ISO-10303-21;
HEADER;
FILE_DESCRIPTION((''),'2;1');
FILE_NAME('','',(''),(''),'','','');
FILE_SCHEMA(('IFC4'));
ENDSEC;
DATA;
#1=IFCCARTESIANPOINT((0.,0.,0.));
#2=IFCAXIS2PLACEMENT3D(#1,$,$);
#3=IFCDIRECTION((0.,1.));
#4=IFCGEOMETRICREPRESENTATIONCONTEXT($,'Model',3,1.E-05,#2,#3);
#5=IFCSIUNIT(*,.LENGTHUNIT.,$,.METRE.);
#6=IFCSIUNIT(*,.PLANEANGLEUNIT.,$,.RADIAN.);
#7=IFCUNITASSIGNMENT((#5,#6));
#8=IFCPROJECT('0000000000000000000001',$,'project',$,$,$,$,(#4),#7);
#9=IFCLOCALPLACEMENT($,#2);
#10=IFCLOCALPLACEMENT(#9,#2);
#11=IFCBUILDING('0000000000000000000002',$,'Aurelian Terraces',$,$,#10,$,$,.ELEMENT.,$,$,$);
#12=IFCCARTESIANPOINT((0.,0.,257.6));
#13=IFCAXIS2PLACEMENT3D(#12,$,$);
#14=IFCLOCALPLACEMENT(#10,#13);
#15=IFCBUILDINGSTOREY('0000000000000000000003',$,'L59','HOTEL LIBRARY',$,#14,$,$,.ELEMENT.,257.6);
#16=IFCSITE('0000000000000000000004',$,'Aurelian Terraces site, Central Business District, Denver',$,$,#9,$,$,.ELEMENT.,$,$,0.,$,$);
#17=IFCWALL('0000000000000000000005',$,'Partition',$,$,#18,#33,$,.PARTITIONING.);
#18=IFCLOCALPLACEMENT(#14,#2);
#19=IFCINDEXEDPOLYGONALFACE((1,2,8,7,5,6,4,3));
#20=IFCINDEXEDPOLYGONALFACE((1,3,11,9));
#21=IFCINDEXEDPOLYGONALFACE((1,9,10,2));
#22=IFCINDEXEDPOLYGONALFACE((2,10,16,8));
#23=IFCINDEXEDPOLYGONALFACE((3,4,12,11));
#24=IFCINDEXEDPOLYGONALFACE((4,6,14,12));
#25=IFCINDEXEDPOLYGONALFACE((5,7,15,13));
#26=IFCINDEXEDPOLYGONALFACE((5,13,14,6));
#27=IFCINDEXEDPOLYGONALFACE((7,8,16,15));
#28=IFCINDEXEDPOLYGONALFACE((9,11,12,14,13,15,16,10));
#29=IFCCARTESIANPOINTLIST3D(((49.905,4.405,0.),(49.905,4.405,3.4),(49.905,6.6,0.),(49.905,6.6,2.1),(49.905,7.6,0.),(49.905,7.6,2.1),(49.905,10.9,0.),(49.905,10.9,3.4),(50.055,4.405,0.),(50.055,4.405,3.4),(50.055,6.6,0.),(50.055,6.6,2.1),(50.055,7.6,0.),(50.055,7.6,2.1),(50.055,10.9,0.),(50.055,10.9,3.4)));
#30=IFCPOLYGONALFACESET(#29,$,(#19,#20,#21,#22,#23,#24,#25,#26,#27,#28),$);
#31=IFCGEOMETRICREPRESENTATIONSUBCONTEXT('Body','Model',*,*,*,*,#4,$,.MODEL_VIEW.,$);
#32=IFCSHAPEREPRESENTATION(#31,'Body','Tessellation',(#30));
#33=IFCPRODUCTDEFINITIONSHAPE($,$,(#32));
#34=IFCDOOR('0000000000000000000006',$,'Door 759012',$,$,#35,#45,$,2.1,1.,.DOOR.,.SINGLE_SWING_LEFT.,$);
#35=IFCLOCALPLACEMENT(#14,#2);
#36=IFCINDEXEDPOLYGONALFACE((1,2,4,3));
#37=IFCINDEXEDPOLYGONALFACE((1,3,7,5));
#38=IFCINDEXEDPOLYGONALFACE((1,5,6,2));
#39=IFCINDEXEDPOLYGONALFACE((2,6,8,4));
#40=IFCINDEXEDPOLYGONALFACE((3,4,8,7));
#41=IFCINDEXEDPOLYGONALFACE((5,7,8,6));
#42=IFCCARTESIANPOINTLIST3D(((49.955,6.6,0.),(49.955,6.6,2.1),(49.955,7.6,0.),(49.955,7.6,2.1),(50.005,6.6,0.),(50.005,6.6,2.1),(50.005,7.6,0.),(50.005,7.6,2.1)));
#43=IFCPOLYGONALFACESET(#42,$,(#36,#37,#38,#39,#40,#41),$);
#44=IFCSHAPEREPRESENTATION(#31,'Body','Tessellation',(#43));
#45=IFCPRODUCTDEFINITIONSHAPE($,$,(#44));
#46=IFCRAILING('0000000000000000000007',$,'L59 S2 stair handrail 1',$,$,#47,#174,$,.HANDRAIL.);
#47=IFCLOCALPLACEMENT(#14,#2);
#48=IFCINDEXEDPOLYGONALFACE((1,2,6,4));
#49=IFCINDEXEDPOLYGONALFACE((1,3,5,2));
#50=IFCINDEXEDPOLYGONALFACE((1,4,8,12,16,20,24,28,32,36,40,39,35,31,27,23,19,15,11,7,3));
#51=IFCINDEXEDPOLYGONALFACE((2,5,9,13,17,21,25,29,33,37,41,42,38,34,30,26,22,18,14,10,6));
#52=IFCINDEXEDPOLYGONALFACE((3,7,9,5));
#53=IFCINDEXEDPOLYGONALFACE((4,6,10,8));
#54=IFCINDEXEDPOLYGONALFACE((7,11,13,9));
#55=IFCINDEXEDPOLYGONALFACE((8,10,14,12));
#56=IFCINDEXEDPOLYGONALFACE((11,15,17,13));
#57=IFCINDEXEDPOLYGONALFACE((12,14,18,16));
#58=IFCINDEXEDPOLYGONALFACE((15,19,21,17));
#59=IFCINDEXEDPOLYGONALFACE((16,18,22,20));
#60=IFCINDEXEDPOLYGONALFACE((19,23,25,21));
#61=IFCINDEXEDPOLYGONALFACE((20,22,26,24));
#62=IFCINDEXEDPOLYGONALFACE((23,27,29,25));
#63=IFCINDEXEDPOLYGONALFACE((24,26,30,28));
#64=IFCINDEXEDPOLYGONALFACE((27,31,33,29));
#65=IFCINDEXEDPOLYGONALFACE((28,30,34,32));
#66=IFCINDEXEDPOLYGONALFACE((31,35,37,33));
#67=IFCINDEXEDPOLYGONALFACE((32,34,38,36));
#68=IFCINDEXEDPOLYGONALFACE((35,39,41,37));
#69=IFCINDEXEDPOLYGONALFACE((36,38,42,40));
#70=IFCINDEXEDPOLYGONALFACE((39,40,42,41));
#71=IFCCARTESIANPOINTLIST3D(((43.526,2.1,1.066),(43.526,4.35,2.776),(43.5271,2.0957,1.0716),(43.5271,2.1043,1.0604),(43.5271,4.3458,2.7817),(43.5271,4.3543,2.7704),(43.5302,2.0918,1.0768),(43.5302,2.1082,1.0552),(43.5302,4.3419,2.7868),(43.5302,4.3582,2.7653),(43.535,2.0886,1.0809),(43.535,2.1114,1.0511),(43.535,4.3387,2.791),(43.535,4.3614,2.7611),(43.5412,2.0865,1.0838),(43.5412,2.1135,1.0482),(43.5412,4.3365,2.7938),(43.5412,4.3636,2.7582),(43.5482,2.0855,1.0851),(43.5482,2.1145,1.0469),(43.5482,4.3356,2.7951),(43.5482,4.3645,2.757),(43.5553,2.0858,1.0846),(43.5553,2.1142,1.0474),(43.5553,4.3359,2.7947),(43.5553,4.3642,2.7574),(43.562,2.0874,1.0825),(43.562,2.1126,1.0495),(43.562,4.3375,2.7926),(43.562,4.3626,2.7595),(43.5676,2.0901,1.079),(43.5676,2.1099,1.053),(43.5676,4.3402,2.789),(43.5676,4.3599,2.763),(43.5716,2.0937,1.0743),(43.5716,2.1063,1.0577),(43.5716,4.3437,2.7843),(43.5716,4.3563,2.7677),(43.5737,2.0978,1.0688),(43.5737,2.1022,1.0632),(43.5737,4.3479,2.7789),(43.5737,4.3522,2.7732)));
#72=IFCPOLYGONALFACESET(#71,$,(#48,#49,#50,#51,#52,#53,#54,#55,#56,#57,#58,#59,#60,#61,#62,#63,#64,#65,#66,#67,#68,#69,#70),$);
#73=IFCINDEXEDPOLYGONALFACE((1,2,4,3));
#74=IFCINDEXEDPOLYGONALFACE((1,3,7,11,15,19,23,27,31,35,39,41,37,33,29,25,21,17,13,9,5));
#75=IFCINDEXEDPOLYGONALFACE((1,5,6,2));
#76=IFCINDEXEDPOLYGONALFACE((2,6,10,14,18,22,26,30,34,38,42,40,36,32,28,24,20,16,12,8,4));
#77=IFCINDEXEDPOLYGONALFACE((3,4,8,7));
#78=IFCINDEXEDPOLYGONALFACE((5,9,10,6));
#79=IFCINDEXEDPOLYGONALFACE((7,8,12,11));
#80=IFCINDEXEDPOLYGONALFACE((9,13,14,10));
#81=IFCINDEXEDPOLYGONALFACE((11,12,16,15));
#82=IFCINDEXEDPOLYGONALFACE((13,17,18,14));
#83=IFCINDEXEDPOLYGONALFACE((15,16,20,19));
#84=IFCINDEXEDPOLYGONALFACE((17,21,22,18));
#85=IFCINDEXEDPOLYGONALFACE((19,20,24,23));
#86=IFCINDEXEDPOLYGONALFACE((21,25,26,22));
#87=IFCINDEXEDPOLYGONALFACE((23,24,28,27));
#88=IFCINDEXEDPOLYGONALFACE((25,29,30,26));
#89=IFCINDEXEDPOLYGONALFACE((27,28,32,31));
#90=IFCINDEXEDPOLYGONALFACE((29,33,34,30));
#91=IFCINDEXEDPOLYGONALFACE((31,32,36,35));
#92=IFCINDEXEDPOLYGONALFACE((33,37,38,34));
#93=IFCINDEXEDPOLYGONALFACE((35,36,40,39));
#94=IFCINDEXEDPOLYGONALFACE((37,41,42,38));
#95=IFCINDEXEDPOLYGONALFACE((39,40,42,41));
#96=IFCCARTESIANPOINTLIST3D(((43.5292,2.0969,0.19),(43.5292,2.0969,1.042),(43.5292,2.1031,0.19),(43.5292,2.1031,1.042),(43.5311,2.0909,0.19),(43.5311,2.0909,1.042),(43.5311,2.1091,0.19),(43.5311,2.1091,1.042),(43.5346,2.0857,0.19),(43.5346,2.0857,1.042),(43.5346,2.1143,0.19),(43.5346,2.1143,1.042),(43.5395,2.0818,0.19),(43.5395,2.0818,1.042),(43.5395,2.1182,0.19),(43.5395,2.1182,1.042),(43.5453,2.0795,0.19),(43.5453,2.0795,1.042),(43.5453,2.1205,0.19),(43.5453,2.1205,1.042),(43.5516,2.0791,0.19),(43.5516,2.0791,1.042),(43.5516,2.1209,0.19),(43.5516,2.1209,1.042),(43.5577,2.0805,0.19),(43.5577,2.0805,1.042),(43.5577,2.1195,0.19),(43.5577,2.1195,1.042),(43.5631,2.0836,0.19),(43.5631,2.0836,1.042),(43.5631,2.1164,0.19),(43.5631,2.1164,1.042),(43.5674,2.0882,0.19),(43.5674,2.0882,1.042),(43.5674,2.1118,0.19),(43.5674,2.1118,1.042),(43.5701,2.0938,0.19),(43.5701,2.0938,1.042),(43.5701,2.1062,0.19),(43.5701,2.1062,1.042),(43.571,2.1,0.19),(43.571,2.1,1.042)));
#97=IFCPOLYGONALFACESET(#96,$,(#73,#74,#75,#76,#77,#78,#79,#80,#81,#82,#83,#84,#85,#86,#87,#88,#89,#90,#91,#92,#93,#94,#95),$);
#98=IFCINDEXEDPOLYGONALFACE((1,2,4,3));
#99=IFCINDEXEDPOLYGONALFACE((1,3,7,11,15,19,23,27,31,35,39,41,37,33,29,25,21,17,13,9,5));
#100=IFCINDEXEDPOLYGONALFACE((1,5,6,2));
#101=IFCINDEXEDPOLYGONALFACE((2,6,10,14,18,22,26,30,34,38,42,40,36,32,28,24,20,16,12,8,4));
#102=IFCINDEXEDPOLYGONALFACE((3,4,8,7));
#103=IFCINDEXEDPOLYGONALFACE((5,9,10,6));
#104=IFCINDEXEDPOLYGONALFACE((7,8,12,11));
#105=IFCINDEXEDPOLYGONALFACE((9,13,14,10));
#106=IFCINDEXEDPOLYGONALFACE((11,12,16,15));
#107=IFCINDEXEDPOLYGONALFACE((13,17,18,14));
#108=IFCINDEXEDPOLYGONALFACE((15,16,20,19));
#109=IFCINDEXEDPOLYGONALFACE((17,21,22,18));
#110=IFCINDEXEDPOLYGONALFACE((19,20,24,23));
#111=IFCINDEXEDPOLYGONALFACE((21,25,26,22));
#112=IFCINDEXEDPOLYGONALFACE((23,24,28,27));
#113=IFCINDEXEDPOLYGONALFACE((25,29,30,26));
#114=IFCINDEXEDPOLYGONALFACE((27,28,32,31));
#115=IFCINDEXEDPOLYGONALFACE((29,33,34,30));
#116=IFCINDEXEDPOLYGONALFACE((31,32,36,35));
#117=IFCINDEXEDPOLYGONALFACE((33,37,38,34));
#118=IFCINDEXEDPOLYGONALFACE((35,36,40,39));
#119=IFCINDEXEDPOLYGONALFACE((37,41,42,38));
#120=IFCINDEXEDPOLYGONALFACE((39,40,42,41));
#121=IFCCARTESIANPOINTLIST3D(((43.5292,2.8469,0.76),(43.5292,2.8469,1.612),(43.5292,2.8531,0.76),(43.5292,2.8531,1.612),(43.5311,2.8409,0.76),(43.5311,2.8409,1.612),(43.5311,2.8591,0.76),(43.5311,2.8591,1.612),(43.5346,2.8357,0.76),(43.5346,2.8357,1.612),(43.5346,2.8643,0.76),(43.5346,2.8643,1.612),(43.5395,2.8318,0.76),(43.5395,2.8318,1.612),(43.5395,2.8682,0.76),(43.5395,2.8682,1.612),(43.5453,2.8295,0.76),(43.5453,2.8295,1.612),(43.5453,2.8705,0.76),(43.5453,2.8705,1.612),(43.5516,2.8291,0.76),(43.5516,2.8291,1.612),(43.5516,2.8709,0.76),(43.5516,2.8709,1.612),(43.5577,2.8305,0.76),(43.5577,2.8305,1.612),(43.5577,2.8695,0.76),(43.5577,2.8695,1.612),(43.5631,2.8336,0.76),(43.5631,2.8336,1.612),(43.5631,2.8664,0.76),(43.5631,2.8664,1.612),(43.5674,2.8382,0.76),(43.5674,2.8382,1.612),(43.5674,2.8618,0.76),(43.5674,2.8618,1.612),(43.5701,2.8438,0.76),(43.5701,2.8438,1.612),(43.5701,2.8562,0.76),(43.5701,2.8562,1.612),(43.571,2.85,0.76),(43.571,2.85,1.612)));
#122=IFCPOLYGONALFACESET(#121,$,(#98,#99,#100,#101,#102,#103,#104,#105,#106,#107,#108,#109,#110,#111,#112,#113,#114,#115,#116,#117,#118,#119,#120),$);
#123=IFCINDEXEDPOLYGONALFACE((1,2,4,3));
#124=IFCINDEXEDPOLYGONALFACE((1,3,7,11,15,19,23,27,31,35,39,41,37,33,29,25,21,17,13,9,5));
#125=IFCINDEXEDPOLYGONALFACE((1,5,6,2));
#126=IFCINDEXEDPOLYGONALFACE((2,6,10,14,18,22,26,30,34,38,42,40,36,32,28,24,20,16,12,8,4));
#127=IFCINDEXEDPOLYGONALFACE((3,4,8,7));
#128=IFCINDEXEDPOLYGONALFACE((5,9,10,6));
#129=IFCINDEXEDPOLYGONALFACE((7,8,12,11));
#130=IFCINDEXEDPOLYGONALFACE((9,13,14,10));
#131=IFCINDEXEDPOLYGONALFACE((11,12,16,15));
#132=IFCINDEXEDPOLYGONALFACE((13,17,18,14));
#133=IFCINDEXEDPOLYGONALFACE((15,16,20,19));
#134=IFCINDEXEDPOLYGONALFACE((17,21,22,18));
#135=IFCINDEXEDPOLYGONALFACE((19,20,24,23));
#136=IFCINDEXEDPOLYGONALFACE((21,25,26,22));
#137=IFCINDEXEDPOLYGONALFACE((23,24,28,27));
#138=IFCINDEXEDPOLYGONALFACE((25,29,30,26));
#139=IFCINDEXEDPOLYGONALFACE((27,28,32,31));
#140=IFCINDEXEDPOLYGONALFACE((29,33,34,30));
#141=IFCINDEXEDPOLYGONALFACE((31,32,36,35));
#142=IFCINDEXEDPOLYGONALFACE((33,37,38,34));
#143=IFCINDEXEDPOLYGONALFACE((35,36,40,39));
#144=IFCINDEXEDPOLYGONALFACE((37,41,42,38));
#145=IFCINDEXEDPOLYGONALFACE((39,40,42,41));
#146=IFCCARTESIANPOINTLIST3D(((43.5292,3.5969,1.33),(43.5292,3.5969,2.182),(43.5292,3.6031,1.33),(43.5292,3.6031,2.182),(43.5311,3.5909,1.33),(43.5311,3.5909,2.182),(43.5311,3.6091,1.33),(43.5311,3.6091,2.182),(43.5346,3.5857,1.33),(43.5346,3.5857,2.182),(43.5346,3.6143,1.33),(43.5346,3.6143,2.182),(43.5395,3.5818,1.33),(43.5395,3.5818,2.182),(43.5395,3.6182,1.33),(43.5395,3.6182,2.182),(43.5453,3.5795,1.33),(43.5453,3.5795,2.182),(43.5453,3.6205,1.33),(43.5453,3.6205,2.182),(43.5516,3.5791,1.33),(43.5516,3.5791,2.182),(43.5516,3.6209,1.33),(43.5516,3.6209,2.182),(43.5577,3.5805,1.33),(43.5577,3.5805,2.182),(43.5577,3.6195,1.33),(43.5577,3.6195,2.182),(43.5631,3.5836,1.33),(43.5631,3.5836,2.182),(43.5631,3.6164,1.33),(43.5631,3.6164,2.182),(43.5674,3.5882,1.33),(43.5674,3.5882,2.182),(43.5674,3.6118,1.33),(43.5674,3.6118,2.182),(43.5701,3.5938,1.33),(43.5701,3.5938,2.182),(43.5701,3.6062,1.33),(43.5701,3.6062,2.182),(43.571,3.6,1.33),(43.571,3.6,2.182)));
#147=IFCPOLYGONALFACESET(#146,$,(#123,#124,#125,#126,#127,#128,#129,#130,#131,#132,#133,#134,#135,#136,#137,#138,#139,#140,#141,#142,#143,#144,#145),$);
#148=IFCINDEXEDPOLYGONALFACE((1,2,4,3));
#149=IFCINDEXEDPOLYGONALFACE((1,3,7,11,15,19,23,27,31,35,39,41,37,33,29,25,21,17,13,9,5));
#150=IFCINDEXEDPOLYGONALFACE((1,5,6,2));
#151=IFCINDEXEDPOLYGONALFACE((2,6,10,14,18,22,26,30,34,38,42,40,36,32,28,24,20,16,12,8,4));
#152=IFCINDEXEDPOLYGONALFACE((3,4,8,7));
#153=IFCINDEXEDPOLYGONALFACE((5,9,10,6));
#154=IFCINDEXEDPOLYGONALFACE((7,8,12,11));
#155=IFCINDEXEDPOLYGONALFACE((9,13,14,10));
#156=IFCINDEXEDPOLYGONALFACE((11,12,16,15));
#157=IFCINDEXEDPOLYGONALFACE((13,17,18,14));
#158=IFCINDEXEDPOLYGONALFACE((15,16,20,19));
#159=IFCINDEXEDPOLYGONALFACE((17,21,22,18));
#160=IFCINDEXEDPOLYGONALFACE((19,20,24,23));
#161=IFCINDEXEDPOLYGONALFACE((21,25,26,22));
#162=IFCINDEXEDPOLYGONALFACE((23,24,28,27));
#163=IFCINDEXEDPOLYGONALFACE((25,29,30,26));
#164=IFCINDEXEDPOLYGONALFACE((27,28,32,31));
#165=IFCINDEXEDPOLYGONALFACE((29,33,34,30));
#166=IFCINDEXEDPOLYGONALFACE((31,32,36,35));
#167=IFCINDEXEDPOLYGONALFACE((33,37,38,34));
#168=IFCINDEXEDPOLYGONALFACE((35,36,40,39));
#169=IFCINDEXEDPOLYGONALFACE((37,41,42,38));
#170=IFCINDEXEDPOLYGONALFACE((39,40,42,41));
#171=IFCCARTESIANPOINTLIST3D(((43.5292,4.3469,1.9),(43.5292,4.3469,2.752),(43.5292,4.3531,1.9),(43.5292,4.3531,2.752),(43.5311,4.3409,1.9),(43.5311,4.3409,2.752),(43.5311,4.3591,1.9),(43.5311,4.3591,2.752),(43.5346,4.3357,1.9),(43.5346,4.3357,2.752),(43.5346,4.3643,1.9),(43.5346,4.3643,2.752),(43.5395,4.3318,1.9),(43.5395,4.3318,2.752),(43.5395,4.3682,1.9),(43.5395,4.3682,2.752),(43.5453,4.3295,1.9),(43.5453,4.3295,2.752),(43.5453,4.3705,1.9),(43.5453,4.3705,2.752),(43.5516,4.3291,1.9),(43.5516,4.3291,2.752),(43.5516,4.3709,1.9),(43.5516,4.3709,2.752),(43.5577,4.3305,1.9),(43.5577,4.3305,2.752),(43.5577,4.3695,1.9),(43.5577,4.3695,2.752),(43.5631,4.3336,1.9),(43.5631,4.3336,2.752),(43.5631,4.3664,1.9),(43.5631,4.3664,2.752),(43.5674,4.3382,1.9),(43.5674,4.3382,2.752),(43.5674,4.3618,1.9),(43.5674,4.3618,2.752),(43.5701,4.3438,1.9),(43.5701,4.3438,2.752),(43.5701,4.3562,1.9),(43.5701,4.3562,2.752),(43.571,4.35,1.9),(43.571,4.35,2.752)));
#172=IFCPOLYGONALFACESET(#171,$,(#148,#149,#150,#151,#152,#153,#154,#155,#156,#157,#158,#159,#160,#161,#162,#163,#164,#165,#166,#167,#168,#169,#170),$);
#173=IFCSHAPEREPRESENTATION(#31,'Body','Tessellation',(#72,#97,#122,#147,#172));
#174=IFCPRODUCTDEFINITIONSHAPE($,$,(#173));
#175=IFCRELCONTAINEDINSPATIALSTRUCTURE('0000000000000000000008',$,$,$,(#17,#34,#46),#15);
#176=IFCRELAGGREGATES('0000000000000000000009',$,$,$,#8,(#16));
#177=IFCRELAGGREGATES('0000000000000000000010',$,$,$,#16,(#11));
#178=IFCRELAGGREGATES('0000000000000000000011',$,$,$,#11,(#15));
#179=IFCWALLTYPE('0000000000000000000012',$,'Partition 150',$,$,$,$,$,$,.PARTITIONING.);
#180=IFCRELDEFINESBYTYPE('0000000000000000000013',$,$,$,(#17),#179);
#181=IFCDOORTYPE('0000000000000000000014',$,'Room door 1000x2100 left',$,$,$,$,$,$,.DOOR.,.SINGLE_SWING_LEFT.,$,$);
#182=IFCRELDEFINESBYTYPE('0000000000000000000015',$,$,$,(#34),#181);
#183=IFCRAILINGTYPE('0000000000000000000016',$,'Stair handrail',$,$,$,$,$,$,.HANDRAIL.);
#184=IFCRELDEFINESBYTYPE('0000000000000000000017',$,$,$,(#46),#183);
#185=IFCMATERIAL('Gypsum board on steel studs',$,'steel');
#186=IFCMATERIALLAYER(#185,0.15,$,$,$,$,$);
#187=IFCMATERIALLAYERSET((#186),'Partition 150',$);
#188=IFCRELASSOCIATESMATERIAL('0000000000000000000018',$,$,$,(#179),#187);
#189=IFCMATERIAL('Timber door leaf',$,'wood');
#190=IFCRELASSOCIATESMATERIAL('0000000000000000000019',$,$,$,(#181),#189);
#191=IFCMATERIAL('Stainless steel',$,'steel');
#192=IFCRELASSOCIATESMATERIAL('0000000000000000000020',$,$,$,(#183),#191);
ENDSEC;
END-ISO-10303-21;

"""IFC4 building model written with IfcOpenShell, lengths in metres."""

from ifc_helpers import new_model, si_unit, direction, frame, frame_2d, origin, origin_2d, place, context, subcontext, project, spatial, rectangle, circle, extrude, source, transform, mapped, material, layer, layer_set, type_object, element, fill, save


model = new_model("IFC4")

# Units and contexts
model_context = context("Model", 3, precision=1e-05, world=origin(), true_north=direction((0.0, 1.0)))
body_context = subcontext(model_context, "Body", "Model", "MODEL_VIEW")
ifc_project = project(units=[si_unit("LENGTHUNIT", "METRE"), si_unit("PLANEANGLEUNIT", "RADIAN")], contexts=[model_context])

# Site, building, storey
site_placement = place(None, origin())
site = spatial("IfcSite", under=ifc_project, at=site_placement, Name="Aurelian Terraces site, Central Business District, Denver", CompositionType="ELEMENT", RefElevation=0.0)
building_placement = place(site_placement, origin())
building = spatial("IfcBuilding", under=site, at=building_placement, Name="Aurelian Terraces", CompositionType="ELEMENT")
storey_placement = place(building_placement, frame((0.0, 0.0, 257.6)))
storey = spatial("IfcBuildingStorey", under=building, at=storey_placement, Name="L59", Description="HOTEL LIBRARY", CompositionType="ELEMENT", Elevation=257.6)

# Shared definitions
ifc_material_1 = material(Name="Gypsum board on steel studs", Category="steel")

# Wall, opening, door
ifc_layer_1 = layer(ifc_material_1, 0.15)
ifc_layer_set_1 = layer_set([ifc_layer_1], Name="Partition 150")
wall_type_1 = type_object("IfcWallType", Name="Partition 150", PredefinedType="PARTITIONING", material=ifc_layer_set_1)
shared_shape_1 = source(origin(), body_context, "Body", "SweptSolid", [
    extrude(rectangle(XDim=6.495, YDim=0.15, at=frame_2d((3.2475, 0.0))), origin(), (0.0, 0.0, 1.0), 3.4),
])
wall_1_placement = place(storey_placement, frame((49.98, 4.405, 0.0), z_axis=(0.0, 0.0, 1.0), x_axis=(0.0, 1.0, 0.0)))
wall_1 = element("IfcWall", 1, at=wall_1_placement, inside=storey, type_object=wall_type_1, Name="Partition", PredefinedType="PARTITIONING", context=body_context, shape_type="MappedRepresentation", body=[
    mapped(shared_shape_1, transform((0.0, 0.0, 0.0), scale=1.0)),
])
shared_shape_2 = source(origin(), body_context, "Body", "SweptSolid", [
    extrude(rectangle(XDim=1.0, YDim=2.1, at=frame_2d((0.5, 1.05))), frame((0.0, 0.085, 0.0), z_axis=(0.0, -1.0, 0.0), x_axis=(1.0, 0.0, 0.0)), (0.0, 0.0, 1.0), 0.17),
])
opening_1_placement = place(wall_1_placement, frame((2.195, 0.0, 0.0)))
opening_1 = element("IfcOpeningElement", 2, at=opening_1_placement, cuts=wall_1, PredefinedType="OPENING", context=body_context, shape_type="MappedRepresentation", body=[
    mapped(shared_shape_2, transform((0.0, 0.0, 0.0), scale=1.0)),
])
ifc_material_2 = material(Name="Timber door leaf", Category="wood")
door_type_1 = type_object("IfcDoorType", Name="Room door 1000x2100 left", OperationType="SINGLE_SWING_LEFT", PredefinedType="DOOR", material=ifc_material_2)
shared_shape_3 = source(origin(), body_context, "Body", "SweptSolid", [
    extrude(rectangle(XDim=1.0, YDim=2.1, at=frame_2d((0.5, 1.05))), frame((0.0, 0.025, 0.0), z_axis=(0.0, -1.0, 0.0), x_axis=(1.0, 0.0, 0.0)), (0.0, 0.0, 1.0), 0.05),
])
door_1_placement = place(opening_1_placement, origin())
door_1 = element("IfcDoor", 3, at=door_1_placement, inside=storey, type_object=door_type_1, Name="Door 759012", OperationType="SINGLE_SWING_LEFT", OverallHeight=2.1, OverallWidth=1.0, PredefinedType="DOOR", context=body_context, shape_type="MappedRepresentation", body=[
    mapped(shared_shape_3, transform((0.0, 0.0, 0.0), scale=1.0)),
])
fill(opening_1, door_1)

# Railing
ifc_material_3 = material(Name="Stainless steel", Category="steel")
railing_type = type_object("IfcRailingType", Name="Stair handrail", PredefinedType="HANDRAIL", material=ifc_material_3)
shared_shape_4 = source(origin(), body_context, "Body", "SweptSolid", [
    extrude(circle(Radius=0.024, at=origin_2d()), frame((0.0, 0.0, 0.876), z_axis=(0.0, 0.796162, 0.605083), x_axis=(-1.0, 0.0, 0.0)), (0.0, 0.0, 1.0), 2.8261),
    extrude(circle(Radius=0.021, at=origin_2d()), origin(), (0.0, 0.0, 1.0), 0.852),
    extrude(circle(Radius=0.021, at=origin_2d()), frame((0.0, 0.75, 0.57)), (0.0, 0.0, 1.0), 0.852),
    extrude(circle(Radius=0.021, at=origin_2d()), frame((0.0, 1.5, 1.14)), (0.0, 0.0, 1.0), 0.852),
    extrude(circle(Radius=0.021, at=origin_2d()), frame((0.0, 2.25, 1.71)), (0.0, 0.0, 1.0), 0.852),
])
railing_placement = place(storey_placement, frame((43.55, 2.1, 0.19)))
element("IfcRailing", 4, at=railing_placement, inside=storey, type_object=railing_type, Name="L59 S2 stair handrail 1", PredefinedType="HANDRAIL", context=body_context, shape_type="MappedRepresentation", body=[
    mapped(shared_shape_4, transform((0.0, 0.0, 0.0), scale=1.0)),
])

save(model, "model.ifc")
